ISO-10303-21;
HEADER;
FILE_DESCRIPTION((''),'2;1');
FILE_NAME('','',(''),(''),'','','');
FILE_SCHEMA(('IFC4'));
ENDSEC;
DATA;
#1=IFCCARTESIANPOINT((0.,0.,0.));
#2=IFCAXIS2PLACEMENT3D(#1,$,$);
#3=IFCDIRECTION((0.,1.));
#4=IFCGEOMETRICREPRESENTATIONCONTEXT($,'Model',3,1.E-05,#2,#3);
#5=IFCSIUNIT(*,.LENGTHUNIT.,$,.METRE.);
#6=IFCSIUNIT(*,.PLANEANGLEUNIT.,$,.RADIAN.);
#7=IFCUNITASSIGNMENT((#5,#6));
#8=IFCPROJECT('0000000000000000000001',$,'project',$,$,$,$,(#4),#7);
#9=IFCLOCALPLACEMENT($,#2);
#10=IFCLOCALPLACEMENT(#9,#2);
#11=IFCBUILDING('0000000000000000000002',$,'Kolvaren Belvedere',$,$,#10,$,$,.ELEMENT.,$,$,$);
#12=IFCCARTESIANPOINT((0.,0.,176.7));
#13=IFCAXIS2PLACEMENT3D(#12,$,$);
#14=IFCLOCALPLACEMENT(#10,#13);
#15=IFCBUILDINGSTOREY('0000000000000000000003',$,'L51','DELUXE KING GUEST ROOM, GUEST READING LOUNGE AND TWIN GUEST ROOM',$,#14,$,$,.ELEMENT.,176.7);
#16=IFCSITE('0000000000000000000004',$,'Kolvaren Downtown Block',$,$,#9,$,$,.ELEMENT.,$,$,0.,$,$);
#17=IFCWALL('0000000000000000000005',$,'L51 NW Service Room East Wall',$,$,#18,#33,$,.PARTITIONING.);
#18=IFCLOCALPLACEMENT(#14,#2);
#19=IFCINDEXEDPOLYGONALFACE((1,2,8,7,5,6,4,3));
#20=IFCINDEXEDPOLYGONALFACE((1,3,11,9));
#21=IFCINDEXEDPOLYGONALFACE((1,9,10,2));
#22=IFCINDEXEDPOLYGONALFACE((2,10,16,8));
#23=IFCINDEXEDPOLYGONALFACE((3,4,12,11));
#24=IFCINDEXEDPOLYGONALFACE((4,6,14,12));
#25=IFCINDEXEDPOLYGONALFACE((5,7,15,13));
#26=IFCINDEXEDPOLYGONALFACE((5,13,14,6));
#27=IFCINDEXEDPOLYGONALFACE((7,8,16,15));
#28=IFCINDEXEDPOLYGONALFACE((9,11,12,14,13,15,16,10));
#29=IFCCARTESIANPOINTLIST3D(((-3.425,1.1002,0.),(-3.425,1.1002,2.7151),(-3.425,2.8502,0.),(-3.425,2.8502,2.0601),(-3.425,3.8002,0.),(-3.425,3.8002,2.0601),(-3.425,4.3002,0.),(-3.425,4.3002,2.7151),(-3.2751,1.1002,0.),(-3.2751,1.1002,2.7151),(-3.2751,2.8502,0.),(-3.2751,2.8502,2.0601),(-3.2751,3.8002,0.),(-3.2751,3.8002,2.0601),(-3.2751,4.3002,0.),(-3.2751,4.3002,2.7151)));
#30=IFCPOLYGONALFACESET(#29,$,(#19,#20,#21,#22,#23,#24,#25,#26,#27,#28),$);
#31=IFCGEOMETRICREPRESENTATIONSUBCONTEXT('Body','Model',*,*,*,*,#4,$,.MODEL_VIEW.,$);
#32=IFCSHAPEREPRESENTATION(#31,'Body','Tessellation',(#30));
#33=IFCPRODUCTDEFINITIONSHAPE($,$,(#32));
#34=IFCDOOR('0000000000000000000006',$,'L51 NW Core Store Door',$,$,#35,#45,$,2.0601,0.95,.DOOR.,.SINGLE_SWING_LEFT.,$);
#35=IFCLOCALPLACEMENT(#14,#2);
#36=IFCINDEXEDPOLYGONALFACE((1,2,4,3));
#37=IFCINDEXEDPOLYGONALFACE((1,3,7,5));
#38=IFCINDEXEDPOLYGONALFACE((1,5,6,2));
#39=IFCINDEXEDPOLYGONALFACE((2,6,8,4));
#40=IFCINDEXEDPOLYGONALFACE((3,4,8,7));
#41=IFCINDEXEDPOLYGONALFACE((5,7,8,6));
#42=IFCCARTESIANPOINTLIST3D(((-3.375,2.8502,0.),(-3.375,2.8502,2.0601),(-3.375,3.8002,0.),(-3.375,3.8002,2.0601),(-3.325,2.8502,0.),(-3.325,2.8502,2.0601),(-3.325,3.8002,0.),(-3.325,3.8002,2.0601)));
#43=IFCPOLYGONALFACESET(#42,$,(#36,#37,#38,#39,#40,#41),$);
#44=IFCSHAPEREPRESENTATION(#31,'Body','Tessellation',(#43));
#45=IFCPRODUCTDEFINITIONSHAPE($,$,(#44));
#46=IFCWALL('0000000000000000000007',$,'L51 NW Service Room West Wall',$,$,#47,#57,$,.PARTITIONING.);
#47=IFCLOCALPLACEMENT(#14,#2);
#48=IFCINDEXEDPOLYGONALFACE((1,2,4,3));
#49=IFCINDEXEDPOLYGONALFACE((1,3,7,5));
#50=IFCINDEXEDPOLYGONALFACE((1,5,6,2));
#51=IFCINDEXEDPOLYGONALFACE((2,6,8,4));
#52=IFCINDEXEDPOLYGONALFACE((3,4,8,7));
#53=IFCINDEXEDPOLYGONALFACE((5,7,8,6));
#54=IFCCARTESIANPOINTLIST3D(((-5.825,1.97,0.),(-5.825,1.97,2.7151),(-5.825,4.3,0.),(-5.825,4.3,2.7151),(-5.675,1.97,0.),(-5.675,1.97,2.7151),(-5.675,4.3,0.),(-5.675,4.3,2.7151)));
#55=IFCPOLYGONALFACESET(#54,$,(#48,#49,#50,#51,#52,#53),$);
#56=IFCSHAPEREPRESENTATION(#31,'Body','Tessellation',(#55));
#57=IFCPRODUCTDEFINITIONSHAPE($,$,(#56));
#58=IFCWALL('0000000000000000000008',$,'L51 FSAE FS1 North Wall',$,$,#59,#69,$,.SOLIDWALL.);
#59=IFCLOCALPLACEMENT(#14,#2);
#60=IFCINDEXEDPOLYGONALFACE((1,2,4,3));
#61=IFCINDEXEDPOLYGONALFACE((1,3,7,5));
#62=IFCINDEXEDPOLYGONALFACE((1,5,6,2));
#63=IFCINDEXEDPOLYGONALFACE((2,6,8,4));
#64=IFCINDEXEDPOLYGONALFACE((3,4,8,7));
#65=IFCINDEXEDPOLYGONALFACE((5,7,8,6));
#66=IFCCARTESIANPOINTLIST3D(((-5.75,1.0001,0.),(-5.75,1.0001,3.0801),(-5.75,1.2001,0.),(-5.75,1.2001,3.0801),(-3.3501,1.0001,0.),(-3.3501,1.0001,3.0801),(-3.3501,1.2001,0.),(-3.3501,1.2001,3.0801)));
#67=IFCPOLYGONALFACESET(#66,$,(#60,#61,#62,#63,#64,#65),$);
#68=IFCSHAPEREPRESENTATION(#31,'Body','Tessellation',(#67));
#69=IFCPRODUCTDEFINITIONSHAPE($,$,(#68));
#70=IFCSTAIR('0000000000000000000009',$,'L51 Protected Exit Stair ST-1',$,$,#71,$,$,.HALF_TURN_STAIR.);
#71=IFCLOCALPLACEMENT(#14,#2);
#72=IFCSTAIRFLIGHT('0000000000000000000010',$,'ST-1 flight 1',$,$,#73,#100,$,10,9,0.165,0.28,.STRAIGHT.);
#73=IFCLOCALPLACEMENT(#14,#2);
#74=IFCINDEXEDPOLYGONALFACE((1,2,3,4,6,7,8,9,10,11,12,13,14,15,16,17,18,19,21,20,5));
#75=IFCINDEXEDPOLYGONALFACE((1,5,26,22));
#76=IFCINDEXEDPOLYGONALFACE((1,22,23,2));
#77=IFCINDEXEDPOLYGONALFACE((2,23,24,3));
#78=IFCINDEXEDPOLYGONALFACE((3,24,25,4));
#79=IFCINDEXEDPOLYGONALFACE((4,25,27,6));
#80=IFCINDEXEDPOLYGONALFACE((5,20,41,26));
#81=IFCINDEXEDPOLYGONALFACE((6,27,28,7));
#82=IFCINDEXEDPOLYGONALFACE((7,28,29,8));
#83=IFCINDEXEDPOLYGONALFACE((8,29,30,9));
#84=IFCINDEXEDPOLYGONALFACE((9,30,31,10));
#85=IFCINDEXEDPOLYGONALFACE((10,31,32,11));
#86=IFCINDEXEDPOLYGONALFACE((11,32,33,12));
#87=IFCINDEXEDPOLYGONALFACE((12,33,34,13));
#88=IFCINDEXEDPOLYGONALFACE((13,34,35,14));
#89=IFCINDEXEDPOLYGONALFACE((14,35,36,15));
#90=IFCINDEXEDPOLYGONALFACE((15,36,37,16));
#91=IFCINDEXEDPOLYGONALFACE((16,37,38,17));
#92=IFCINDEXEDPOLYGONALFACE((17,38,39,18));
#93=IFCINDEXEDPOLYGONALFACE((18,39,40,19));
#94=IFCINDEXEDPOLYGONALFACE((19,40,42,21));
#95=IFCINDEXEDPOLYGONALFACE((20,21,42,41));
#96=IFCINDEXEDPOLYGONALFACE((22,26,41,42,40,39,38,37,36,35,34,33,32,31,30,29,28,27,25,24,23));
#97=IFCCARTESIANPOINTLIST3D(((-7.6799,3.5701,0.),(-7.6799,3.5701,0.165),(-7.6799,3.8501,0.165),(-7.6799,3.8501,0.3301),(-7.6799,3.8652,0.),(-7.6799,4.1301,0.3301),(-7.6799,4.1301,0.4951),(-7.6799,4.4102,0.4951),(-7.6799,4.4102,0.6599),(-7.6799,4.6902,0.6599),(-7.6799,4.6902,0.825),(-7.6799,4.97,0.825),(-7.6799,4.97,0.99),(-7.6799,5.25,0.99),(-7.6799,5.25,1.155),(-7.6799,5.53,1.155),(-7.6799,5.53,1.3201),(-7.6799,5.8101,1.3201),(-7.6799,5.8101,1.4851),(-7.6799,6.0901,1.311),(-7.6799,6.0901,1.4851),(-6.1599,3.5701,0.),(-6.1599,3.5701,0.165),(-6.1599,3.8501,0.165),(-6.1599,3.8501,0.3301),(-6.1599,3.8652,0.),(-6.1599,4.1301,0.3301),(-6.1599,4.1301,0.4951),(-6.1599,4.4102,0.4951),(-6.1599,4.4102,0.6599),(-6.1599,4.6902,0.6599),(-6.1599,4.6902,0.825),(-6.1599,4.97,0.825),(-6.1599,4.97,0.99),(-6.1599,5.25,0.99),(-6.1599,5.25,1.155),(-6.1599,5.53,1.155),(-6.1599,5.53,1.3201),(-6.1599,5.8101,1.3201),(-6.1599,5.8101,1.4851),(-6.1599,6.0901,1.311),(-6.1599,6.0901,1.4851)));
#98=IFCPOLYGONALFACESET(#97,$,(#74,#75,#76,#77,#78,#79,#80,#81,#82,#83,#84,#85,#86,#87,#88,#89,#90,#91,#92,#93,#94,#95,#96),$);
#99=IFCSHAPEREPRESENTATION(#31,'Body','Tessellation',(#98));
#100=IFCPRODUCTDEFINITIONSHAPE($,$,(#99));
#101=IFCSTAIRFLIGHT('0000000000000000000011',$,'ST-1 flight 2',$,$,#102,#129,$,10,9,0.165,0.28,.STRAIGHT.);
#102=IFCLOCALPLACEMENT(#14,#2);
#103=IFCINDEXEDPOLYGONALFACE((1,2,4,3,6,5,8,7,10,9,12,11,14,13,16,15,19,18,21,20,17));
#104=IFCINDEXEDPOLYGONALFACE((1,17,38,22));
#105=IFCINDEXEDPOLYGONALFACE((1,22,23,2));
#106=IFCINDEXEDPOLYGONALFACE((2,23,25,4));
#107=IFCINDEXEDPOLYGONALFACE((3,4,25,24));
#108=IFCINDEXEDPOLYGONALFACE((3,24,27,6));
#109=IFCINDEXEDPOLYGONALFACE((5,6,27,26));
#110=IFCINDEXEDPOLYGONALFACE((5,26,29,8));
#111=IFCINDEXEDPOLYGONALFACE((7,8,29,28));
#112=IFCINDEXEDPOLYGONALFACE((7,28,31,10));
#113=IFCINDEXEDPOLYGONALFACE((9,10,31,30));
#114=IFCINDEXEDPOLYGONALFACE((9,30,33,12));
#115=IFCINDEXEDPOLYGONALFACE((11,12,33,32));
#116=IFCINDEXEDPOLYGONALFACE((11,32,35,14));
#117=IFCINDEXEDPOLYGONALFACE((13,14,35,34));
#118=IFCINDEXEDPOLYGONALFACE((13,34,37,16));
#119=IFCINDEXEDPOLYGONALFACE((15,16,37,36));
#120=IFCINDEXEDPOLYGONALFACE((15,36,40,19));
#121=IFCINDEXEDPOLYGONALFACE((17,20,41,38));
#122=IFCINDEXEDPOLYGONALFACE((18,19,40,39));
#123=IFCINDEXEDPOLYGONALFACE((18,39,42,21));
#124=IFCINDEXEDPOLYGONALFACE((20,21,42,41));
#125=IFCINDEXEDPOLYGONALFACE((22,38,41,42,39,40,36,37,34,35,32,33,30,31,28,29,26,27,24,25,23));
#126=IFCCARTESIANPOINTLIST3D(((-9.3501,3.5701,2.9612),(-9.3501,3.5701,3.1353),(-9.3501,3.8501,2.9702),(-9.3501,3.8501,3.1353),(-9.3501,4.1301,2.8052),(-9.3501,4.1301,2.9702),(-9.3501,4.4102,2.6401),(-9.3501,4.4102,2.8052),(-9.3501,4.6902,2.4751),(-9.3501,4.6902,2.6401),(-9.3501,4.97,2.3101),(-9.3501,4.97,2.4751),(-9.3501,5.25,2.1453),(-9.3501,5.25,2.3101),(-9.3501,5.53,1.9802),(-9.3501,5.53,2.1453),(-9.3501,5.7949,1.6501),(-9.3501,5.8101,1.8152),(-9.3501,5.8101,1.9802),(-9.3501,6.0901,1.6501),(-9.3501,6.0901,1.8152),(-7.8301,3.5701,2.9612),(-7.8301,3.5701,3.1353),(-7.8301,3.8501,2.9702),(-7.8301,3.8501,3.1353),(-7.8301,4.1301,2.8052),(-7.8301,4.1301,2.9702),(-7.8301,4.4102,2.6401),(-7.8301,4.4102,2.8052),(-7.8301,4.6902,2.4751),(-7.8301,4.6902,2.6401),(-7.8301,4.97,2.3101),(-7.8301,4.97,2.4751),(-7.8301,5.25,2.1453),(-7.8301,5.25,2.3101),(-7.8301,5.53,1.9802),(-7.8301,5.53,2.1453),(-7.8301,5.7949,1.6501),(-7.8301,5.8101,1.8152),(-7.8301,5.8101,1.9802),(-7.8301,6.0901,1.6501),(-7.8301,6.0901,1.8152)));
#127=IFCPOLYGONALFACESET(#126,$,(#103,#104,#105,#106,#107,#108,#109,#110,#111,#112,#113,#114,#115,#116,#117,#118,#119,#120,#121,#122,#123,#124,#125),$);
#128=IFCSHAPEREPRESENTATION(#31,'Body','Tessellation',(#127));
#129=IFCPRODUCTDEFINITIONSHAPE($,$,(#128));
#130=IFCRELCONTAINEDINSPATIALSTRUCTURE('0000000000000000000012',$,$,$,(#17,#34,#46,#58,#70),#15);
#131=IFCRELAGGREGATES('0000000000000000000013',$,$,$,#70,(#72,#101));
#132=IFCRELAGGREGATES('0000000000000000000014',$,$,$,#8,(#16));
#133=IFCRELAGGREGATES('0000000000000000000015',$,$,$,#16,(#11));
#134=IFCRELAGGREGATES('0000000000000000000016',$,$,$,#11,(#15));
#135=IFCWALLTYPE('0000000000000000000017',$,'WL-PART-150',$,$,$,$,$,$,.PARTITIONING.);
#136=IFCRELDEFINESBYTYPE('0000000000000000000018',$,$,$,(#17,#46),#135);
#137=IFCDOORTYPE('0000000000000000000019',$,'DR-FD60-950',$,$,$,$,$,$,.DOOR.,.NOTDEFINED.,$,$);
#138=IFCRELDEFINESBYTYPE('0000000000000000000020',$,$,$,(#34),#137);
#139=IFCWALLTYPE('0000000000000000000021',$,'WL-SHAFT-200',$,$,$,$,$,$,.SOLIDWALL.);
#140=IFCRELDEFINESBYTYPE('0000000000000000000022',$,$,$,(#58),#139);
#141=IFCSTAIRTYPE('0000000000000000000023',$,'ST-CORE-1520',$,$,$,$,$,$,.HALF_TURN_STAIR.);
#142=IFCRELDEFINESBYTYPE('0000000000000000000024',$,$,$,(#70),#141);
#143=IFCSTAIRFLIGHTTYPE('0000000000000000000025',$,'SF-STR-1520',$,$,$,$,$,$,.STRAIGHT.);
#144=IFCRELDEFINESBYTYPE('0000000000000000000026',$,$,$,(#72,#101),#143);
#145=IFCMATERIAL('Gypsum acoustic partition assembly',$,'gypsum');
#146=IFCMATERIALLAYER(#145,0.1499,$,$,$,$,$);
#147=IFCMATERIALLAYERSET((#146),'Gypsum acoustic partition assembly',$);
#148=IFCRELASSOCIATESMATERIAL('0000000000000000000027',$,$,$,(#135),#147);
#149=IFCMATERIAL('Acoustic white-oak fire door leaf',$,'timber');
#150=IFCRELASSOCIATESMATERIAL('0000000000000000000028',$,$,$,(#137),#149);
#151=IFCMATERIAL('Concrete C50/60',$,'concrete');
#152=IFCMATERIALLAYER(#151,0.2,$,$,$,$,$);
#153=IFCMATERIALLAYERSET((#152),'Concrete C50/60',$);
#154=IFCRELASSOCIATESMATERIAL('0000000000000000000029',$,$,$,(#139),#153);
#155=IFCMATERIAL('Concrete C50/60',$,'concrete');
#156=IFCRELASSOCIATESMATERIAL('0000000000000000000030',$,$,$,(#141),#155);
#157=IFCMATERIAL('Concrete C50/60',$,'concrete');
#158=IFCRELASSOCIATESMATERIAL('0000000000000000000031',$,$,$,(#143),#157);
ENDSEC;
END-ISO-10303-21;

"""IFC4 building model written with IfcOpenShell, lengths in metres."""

from ifc_helpers import new_model, si_unit, direction, frame, frame_2d, origin, place, context, subcontext, project, spatial, polyline, rectangle, outline, extrude, material, layer, layer_set, type_object, element, fill, aggregate, save


model = new_model("IFC4")

# Units and contexts
model_context = context("Model", 3, precision=1e-05, world=origin(), true_north=direction((0.0, 1.0)))
body_context = subcontext(model_context, "Body", "Model", "MODEL_VIEW")
ifc_project = project(units=[si_unit("LENGTHUNIT", "METRE"), si_unit("PLANEANGLEUNIT", "RADIAN")], contexts=[model_context])

# Site, building, storey
site_placement = place(None, origin())
site = spatial("IfcSite", under=ifc_project, at=site_placement, Name="Kolvaren Downtown Block", CompositionType="ELEMENT", RefElevation=0.0)
building_placement = place(site_placement, origin())
building = spatial("IfcBuilding", under=site, at=building_placement, Name="Kolvaren Belvedere", CompositionType="ELEMENT")
storey_placement = place(building_placement, frame((0.0, 0.0, 176.7)))
storey = spatial("IfcBuildingStorey", under=building, at=storey_placement, Name="L51", Description="DELUXE KING GUEST ROOM, GUEST READING LOUNGE AND TWIN GUEST ROOM", CompositionType="ELEMENT", Elevation=176.7)

# Shared definitions
ifc_material_1 = material(Name="Gypsum acoustic partition assembly", Category="gypsum")
ifc_layer_1 = layer(ifc_material_1, 0.1499)
ifc_layer_set_1 = layer_set([ifc_layer_1], Name="Gypsum acoustic partition assembly")
wall_type_1 = type_object("IfcWallType", Name="WL-PART-150", PredefinedType="PARTITIONING", material=ifc_layer_set_1)

# Wall, opening, door
wall_1_placement = place(storey_placement, frame((-3.3501, 1.1001, 0.0), z_axis=(0.0, 0.0, 1.0), x_axis=(0.0, 1.0, 0.0)))
wall_1 = element("IfcWall", 1, at=wall_1_placement, inside=storey, type_object=wall_type_1, Name="L51 NW Service Room East Wall", PredefinedType="PARTITIONING", context=body_context, shape_type="SweptSolid", body=[
    extrude(rectangle(XDim=3.2, YDim=0.1499, at=frame_2d((1.6001, 0.0))), origin(), (0.0, 0.0, 1.0), 2.7151),
])
opening_1_placement = place(wall_1_placement, frame((1.75, 0.0, 0.0)))
opening_1 = element("IfcOpeningElement", 2, at=opening_1_placement, cuts=wall_1, PredefinedType="OPENING", context=body_context, shape_type="SweptSolid", body=[
    extrude(rectangle(XDim=0.95, YDim=2.0601, at=frame_2d((0.4751, 1.03))), frame((0.0, 0.085, 0.0), z_axis=(0.0, -1.0, 0.0), x_axis=(1.0, 0.0, 0.0)), (0.0, 0.0, 1.0), 0.1699),
])
ifc_material_2 = material(Name="Acoustic white-oak fire door leaf", Category="timber")
door_type_1 = type_object("IfcDoorType", Name="DR-FD60-950", OperationType="NOTDEFINED", PredefinedType="DOOR", material=ifc_material_2)
door_1_placement = place(opening_1_placement, origin())
door_1 = element("IfcDoor", 3, at=door_1_placement, inside=storey, type_object=door_type_1, Name="L51 NW Core Store Door", OperationType="SINGLE_SWING_LEFT", OverallHeight=2.0601, OverallWidth=0.95, PredefinedType="DOOR", context=body_context, shape_type="SweptSolid", body=[
    extrude(rectangle(XDim=0.95, YDim=2.0601, at=frame_2d((0.4751, 1.03))), frame((0.0, 0.0249, 0.0), z_axis=(0.0, -1.0, 0.0), x_axis=(1.0, 0.0, 0.0)), (0.0, 0.0, 1.0), 0.05),
])
fill(opening_1, door_1)

# Walls
wall_2_placement = place(storey_placement, frame((-5.75, 1.97, 0.0), z_axis=(0.0, 0.0, 1.0), x_axis=(0.0, 1.0, 0.0)))
element("IfcWall", 4, at=wall_2_placement, inside=storey, type_object=wall_type_1, Name="L51 NW Service Room West Wall", PredefinedType="PARTITIONING", context=body_context, shape_type="SweptSolid", body=[
    extrude(rectangle(XDim=2.3301, YDim=0.1499, at=frame_2d((1.165, 0.0))), origin(), (0.0, 0.0, 1.0), 2.7151),
])
ifc_material_3 = material(Name="Concrete C50/60", Category="concrete")
ifc_layer_2 = layer(ifc_material_3, 0.2)
ifc_layer_set_2 = layer_set([ifc_layer_2], Name="Concrete C50/60")
wall_type_2 = type_object("IfcWallType", Name="WL-SHAFT-200", PredefinedType="SOLIDWALL", material=ifc_layer_set_2)
wall_3_placement = place(storey_placement, frame((-5.75, 1.1001, 0.0), z_axis=(0.0, 0.0, 1.0), x_axis=(1.0, 0.0, 0.0)))
element("IfcWall", 5, at=wall_3_placement, inside=storey, type_object=wall_type_2, Name="L51 FSAE FS1 North Wall", PredefinedType="SOLIDWALL", context=body_context, shape_type="SweptSolid", body=[
    extrude(rectangle(XDim=2.3999, YDim=0.2, at=frame_2d((1.2, 0.0))), origin(), (0.0, 0.0, 1.0), 3.0801),
])

# Stair, stair flights
ifc_material_4 = material(Name="Concrete C50/60", Category="concrete")
stair_type = type_object("IfcStairType", Name="ST-CORE-1520", PredefinedType="HALF_TURN_STAIR", material=ifc_material_4)
stair_placement = place(storey_placement, origin())
stair = element("IfcStair", 6, at=stair_placement, inside=storey, type_object=stair_type, Name="L51 Protected Exit Stair ST-1", PredefinedType="HALF_TURN_STAIR")
ifc_material_5 = material(Name="Concrete C50/60", Category="concrete")
stair_flight_type = type_object("IfcStairFlightType", Name="SF-STR-1520", PredefinedType="STRAIGHT", material=ifc_material_5)
stair_flight_1_placement = place(storey_placement, frame((-6.9199, 3.5701, 0.0), z_axis=(0.0, 0.0, 1.0), x_axis=(0.0, 1.0, 0.0)))
stair_flight_1 = element("IfcStairFlight", 7, at=stair_flight_1_placement, type_object=stair_flight_type, Name="ST-1 flight 1", NumberOfRisers=10, NumberOfTreads=9, PredefinedType="STRAIGHT", RiserHeight=0.165, TreadLength=0.28, context=body_context, shape_type="SweptSolid", body=[
    extrude(outline(polyline([(0.0, 0.0), (0.0, 0.165), (0.28, 0.165), (0.28, 0.3301), (0.5601, 0.3301), (0.5601, 0.4951), (0.8401, 0.4951), (0.8401, 0.6599), (1.1201, 0.6599), (1.1201, 0.825), (1.3999, 0.825), (1.3999, 0.99), (1.6799, 0.99), (1.6799, 1.155), (1.96, 1.155), (1.96, 1.3201), (2.24, 1.3201), (2.24, 1.4851), (2.52, 1.4851), (2.52, 1.6499), (2.52, 1.311), (0.2952, 0.0), (0.0, 0.0)])), frame((0.0, 0.76, 0.0), z_axis=(0.0, -1.0, 0.0), x_axis=(1.0, 0.0, 0.0)), (0.0, 0.0, 1.0), 1.52),
])
stair_flight_2_placement = place(storey_placement, frame((-8.5901, 6.0901, 1.6501), z_axis=(0.0, 0.0, 1.0), x_axis=(0.0, -1.0, 0.0)))
stair_flight_2 = element("IfcStairFlight", 8, at=stair_flight_2_placement, type_object=stair_flight_type, Name="ST-1 flight 2", NumberOfRisers=10, NumberOfTreads=9, PredefinedType="STRAIGHT", RiserHeight=0.165, TreadLength=0.28, context=body_context, shape_type="SweptSolid", body=[
    extrude(outline(polyline([(0.0, 0.0), (0.0, 0.165), (0.28, 0.165), (0.28, 0.3301), (0.5601, 0.3301), (0.5601, 0.4951), (0.8401, 0.4951), (0.8401, 0.6599), (1.1201, 0.6599), (1.1201, 0.825), (1.3999, 0.825), (1.3999, 0.99), (1.6799, 0.99), (1.6799, 1.155), (1.96, 1.155), (1.96, 1.3201), (2.24, 1.3201), (2.24, 1.4851), (2.52, 1.4851), (2.52, 1.6499), (2.52, 1.311), (0.2952, 0.0), (0.0, 0.0)])), frame((0.0, 0.76, 0.0), z_axis=(0.0, -1.0, 0.0), x_axis=(1.0, 0.0, 0.0)), (0.0, 0.0, 1.0), 1.52),
])
aggregate(stair, [stair_flight_1, stair_flight_2])

save(model, "model.ifc")
